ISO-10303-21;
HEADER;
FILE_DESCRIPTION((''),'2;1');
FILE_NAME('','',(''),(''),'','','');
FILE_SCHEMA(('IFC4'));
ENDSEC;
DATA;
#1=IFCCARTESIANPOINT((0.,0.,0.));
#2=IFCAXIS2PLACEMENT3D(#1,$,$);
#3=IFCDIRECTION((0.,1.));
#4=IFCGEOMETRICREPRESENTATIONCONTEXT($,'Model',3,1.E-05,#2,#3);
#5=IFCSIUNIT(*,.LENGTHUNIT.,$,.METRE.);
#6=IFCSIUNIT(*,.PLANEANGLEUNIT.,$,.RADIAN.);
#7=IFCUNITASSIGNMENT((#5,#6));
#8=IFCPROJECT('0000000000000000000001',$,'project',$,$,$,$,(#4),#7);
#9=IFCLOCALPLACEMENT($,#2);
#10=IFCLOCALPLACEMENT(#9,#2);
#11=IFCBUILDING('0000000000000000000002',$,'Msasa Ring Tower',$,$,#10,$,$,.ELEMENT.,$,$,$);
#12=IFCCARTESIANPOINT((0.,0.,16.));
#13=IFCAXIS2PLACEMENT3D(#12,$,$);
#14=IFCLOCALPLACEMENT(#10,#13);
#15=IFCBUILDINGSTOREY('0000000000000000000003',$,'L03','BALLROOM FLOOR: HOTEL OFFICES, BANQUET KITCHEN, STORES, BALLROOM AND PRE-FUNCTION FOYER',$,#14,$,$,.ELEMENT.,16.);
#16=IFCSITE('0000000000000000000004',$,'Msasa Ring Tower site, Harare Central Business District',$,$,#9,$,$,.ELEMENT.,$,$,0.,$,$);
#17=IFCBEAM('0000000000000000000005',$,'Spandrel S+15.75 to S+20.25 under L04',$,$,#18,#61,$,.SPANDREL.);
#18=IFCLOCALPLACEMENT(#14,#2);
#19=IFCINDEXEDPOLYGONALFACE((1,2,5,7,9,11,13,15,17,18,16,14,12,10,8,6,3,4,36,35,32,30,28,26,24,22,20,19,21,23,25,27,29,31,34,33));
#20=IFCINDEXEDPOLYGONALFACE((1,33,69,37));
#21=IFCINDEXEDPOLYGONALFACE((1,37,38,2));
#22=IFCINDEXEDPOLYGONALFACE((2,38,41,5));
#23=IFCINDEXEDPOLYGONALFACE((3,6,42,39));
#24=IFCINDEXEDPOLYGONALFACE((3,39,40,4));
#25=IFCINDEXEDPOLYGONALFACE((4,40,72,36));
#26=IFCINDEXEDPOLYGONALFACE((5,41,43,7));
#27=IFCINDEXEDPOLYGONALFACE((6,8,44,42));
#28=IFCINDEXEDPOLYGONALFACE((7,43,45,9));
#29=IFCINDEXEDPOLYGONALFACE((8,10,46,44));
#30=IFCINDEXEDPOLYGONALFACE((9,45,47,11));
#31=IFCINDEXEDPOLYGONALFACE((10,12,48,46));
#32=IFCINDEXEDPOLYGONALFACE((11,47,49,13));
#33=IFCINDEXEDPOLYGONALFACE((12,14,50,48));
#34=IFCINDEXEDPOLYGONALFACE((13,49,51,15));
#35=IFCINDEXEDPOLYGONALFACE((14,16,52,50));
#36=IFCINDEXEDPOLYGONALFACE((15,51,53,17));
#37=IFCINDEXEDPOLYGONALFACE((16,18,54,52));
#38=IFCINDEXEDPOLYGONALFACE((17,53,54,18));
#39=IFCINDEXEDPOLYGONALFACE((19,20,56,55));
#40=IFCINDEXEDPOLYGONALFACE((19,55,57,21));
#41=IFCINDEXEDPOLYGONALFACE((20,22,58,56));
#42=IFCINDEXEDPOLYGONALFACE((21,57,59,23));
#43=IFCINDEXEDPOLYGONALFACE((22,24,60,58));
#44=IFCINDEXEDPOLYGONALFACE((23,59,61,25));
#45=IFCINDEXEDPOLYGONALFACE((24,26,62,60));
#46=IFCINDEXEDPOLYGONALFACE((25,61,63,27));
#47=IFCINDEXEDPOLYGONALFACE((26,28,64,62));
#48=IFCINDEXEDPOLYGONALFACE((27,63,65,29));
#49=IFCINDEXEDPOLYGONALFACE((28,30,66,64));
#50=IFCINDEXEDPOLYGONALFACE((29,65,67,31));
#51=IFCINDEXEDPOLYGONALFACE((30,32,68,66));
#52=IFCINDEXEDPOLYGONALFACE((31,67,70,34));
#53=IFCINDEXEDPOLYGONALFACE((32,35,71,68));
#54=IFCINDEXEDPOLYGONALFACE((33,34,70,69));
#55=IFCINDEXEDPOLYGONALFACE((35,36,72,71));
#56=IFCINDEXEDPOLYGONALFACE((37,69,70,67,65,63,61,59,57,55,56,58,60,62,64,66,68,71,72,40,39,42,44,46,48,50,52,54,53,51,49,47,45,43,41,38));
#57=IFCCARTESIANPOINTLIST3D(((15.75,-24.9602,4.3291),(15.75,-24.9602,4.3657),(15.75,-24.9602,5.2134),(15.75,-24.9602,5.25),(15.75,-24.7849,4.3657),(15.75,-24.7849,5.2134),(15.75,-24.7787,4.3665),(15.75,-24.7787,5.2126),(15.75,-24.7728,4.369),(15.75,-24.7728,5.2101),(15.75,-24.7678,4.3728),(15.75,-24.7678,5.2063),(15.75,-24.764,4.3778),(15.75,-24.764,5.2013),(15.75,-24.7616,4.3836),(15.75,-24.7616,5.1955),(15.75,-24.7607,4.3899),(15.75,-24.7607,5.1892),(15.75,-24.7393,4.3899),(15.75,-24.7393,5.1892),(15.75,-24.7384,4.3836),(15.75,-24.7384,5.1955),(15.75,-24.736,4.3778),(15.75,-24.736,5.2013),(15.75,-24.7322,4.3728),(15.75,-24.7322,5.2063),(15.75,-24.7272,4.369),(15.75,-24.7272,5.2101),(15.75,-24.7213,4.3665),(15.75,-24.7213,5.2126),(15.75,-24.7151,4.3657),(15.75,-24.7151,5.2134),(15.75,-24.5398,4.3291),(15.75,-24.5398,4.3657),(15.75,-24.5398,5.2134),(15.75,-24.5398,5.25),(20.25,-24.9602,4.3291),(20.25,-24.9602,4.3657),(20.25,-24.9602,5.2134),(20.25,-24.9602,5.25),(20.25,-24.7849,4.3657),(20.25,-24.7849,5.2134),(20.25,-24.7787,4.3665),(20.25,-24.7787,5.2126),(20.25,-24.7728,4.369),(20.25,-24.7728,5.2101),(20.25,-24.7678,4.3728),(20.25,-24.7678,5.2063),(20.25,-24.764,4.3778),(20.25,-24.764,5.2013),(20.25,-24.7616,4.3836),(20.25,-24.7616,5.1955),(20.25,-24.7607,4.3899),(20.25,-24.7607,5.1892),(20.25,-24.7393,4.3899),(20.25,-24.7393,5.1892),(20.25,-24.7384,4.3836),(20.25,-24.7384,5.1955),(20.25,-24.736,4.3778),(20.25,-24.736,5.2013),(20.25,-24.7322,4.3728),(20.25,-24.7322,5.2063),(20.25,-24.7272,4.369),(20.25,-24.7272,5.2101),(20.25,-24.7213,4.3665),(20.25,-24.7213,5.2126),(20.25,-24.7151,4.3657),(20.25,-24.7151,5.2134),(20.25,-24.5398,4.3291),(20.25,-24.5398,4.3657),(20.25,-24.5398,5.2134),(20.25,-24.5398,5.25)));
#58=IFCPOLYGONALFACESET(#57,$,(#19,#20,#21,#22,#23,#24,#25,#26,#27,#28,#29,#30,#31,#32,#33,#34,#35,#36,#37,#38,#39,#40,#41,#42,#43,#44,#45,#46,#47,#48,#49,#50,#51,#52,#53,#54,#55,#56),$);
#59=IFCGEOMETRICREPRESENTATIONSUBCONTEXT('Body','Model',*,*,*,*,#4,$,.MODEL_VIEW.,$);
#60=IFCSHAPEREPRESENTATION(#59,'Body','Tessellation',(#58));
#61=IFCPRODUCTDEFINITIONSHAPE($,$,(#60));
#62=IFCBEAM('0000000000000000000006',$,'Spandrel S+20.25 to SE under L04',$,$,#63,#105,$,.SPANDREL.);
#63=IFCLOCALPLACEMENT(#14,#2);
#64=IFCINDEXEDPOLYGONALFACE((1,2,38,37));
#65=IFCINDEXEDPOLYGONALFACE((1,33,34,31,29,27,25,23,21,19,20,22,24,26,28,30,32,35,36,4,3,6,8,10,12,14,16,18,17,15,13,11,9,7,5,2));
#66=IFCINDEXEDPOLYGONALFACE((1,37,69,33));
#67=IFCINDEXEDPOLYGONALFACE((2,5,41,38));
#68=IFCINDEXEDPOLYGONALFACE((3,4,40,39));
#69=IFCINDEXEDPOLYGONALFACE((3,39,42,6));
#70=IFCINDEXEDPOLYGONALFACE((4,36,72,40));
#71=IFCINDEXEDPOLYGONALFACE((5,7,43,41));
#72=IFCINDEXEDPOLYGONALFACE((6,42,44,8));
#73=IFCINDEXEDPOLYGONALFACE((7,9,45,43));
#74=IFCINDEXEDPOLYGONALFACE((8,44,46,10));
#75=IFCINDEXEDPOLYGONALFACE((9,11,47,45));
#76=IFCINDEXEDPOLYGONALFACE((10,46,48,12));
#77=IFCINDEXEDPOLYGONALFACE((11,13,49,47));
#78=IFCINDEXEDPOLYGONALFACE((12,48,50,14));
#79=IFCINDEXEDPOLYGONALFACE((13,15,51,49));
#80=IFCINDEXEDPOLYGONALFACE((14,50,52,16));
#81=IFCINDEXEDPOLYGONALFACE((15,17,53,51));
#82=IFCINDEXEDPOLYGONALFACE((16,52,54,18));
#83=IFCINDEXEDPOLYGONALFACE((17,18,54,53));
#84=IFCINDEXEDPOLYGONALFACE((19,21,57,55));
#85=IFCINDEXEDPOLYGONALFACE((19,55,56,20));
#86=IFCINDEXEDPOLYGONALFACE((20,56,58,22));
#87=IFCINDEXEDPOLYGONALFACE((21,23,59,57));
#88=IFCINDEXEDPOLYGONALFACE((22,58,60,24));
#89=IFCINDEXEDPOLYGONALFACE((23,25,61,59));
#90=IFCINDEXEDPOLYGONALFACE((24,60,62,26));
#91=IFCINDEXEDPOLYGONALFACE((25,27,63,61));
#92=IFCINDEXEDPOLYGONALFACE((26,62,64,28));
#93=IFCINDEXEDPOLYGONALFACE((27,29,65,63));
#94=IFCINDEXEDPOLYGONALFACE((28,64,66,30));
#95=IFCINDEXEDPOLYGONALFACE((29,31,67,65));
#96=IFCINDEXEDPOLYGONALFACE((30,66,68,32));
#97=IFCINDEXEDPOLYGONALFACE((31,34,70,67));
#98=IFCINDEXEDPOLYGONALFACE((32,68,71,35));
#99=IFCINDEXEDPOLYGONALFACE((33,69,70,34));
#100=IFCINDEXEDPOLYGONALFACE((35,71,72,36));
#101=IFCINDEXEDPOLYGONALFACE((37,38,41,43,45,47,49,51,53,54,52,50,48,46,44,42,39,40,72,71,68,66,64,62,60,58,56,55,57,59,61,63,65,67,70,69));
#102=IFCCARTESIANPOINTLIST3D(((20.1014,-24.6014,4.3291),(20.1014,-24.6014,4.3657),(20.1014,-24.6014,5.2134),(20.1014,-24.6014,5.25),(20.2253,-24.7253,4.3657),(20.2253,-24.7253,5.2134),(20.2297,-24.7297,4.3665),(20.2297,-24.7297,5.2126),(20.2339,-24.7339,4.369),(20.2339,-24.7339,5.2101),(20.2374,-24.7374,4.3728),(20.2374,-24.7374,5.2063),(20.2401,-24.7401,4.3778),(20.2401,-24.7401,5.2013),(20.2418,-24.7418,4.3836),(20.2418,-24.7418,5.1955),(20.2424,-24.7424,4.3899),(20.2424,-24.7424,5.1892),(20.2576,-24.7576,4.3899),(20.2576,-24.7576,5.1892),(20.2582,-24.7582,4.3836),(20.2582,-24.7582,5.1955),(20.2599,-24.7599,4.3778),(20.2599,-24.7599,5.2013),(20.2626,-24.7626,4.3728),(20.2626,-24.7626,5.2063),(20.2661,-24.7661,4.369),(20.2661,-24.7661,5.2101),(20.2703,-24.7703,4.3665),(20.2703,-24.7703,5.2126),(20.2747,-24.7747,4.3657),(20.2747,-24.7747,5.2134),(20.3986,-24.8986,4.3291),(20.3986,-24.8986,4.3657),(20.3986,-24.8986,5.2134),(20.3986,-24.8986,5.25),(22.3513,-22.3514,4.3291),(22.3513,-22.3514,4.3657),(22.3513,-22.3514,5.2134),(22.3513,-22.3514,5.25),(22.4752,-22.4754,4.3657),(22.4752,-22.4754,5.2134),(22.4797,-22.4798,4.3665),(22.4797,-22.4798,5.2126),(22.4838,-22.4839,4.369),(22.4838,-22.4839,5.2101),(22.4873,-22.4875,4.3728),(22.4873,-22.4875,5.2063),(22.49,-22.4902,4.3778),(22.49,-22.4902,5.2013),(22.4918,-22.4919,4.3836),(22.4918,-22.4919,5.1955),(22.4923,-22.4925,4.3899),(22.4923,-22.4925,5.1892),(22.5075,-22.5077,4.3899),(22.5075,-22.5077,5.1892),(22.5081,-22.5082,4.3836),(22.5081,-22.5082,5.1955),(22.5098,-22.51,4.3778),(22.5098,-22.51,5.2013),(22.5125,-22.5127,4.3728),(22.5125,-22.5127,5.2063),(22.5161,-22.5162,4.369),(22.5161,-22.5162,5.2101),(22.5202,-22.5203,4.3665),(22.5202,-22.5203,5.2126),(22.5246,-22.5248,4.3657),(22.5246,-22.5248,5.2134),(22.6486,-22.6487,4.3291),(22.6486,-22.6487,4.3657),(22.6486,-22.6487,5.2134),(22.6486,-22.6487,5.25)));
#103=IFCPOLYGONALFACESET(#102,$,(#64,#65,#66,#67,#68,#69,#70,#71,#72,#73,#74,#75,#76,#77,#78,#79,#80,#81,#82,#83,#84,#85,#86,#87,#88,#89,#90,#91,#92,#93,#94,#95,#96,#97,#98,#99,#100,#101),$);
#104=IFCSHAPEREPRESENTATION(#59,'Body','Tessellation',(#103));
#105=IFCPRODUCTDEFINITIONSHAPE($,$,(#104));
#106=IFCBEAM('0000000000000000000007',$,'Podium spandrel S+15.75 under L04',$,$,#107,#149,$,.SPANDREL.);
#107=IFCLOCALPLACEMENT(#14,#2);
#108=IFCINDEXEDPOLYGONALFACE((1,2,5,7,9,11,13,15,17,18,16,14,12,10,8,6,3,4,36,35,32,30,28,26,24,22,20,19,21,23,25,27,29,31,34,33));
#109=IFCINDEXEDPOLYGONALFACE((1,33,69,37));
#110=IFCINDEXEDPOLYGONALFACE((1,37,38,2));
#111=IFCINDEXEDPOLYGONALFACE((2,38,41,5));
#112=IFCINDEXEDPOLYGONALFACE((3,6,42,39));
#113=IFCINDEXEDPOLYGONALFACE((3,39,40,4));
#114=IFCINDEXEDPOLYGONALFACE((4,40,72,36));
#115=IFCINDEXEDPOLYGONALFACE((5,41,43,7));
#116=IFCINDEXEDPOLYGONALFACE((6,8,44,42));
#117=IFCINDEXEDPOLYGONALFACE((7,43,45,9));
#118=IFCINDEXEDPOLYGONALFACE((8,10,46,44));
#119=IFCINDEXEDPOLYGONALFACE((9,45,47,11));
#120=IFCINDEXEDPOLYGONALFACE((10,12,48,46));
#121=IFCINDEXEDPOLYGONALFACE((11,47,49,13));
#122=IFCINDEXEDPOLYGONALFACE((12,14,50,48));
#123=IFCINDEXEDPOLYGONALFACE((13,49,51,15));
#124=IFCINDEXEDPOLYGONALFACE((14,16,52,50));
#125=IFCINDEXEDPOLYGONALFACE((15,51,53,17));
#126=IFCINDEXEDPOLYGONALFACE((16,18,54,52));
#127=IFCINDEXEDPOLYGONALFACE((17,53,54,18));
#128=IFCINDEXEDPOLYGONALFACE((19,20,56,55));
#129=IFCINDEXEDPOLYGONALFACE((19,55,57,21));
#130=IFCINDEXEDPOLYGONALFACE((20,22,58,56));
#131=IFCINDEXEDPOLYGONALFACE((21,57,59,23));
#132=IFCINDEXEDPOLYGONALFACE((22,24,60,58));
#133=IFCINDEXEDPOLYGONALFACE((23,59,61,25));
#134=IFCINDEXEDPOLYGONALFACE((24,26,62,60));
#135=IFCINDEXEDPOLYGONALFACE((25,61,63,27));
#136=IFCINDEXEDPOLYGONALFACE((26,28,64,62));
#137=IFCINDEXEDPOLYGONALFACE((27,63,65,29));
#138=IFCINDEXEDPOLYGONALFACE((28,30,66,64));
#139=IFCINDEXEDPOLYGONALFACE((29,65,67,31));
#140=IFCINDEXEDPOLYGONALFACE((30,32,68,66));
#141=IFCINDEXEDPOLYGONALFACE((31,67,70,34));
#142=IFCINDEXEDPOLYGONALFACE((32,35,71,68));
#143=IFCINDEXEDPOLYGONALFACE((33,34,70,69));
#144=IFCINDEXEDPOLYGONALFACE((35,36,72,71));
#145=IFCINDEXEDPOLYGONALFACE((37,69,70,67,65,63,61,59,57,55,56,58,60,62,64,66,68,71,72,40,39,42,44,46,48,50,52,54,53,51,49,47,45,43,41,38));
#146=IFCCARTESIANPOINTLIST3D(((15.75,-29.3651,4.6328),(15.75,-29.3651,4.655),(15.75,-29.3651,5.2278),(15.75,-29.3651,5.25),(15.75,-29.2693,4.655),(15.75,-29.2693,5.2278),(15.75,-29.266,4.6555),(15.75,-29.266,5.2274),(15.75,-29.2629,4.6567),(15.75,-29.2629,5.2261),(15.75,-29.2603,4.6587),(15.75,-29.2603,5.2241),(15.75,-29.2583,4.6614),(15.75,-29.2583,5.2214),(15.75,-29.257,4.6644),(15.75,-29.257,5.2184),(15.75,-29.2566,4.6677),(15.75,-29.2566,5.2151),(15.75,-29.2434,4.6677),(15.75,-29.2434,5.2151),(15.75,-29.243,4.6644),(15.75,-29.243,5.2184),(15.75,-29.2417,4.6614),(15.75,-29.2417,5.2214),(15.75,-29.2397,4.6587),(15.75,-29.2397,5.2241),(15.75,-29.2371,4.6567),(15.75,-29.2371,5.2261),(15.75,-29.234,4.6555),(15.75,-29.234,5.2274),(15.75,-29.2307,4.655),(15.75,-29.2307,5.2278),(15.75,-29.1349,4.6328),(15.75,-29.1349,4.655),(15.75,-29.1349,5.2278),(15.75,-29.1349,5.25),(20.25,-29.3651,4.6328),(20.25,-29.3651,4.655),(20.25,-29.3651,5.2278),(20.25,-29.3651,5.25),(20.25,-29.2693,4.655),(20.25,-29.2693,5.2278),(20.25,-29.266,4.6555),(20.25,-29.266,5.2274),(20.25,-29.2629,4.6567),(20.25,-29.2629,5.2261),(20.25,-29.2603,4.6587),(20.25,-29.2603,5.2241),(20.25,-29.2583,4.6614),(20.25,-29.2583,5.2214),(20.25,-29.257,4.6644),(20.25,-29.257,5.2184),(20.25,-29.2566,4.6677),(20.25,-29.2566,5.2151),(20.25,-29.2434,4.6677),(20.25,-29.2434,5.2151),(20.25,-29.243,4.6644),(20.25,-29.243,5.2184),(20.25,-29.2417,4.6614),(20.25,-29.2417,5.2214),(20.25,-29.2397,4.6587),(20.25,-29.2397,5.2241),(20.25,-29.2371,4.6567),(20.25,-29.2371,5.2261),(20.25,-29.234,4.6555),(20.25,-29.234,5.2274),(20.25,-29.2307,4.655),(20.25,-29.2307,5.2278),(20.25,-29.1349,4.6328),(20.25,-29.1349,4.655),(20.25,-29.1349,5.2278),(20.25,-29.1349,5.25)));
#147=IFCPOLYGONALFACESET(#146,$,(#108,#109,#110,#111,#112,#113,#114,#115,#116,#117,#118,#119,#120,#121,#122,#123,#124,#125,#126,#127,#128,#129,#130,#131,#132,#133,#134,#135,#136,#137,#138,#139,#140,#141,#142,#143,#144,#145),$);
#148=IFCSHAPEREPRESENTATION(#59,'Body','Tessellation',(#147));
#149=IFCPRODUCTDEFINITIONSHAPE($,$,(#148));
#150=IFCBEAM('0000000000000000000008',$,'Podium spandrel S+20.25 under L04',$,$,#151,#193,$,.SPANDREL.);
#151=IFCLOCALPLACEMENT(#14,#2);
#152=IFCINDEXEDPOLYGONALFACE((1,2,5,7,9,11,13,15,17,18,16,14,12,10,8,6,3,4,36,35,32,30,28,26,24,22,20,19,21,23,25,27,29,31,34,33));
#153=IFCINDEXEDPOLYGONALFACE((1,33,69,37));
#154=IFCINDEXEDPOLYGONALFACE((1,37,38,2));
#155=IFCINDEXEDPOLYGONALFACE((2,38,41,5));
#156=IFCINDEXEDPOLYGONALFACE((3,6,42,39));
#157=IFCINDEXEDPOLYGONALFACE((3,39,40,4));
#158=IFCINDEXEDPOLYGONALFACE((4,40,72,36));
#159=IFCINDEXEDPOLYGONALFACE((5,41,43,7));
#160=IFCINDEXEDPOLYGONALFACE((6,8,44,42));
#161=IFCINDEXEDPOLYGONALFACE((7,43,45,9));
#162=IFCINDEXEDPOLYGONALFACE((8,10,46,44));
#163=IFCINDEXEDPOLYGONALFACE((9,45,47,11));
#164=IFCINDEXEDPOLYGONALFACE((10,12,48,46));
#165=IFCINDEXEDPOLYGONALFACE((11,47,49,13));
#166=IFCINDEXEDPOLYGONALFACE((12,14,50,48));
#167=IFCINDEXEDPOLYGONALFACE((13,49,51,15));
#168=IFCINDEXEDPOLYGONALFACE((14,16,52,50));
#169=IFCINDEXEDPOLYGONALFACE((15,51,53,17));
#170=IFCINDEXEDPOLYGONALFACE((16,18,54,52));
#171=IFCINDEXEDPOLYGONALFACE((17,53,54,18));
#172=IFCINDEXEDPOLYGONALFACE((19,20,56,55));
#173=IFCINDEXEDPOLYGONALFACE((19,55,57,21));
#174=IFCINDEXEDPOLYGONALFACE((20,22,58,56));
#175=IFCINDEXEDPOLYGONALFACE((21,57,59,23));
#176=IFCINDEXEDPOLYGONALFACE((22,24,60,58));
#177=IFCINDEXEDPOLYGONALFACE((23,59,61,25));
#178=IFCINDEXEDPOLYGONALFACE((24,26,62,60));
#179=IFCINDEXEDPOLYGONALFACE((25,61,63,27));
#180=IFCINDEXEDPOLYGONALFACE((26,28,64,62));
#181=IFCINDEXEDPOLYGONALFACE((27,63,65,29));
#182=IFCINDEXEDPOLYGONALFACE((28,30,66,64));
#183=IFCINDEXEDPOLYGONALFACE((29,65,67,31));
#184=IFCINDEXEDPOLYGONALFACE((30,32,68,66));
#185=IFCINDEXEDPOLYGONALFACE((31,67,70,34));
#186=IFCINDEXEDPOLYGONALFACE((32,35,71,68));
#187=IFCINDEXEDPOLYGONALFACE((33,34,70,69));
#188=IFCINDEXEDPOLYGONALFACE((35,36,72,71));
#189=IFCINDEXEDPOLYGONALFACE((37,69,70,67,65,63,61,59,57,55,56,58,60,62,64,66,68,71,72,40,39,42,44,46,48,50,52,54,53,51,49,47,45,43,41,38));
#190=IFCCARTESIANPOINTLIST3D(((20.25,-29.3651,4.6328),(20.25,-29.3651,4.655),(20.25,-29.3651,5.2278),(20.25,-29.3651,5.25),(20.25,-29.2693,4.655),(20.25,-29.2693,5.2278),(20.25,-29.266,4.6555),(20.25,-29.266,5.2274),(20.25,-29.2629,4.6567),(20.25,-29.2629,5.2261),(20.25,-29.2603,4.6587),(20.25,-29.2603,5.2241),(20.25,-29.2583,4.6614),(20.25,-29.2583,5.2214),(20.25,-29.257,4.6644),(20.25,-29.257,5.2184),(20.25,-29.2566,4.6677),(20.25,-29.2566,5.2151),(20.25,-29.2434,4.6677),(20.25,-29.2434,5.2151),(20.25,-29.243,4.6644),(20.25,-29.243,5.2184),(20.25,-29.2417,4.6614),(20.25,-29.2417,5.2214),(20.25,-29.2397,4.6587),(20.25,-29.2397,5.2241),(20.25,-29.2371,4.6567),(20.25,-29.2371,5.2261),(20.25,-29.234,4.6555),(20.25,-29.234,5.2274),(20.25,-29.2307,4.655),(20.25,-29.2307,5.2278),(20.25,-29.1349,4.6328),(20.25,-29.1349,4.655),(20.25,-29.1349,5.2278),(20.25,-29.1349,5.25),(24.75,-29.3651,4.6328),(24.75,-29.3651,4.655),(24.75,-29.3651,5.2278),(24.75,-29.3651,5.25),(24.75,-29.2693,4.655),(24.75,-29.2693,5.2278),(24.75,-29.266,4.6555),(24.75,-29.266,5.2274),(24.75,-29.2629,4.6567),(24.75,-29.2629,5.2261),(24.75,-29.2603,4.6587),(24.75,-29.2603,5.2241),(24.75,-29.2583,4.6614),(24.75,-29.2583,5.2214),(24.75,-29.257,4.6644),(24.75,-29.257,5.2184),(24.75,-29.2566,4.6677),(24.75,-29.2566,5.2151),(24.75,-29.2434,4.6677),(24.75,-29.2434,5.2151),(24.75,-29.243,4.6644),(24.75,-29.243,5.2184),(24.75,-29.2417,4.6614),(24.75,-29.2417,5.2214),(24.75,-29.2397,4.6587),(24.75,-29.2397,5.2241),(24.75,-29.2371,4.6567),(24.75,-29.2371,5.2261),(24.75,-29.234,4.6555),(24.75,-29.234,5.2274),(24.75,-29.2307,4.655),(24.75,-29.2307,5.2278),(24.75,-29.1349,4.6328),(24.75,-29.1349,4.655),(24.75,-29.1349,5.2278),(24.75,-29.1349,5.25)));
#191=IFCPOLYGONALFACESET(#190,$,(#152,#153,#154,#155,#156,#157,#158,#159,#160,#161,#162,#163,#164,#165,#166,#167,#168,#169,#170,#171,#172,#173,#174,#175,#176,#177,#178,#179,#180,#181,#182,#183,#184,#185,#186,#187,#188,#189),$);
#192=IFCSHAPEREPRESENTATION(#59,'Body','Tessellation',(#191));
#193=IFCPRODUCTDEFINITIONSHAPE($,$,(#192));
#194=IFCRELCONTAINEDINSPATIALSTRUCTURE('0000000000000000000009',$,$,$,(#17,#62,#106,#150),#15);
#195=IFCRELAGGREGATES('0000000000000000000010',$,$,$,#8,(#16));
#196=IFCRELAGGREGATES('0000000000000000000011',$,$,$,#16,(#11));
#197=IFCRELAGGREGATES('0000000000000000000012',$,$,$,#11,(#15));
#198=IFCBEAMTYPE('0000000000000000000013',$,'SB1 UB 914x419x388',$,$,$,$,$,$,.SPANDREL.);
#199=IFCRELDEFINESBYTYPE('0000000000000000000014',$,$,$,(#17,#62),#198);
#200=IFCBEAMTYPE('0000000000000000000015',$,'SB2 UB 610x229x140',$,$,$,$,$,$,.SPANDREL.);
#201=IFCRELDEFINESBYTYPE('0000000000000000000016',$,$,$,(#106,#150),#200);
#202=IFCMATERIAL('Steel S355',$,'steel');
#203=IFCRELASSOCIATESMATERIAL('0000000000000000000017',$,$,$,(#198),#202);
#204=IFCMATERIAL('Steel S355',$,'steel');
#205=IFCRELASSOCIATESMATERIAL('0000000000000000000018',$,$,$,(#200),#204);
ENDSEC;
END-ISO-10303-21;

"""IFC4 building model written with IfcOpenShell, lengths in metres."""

from ifc_helpers import new_model, si_unit, direction, frame, origin, origin_2d, place, context, subcontext, project, spatial, i_section, extrude, material, material_profile, profile_set, type_object, element, save


model = new_model("IFC4")

# Units and contexts
model_context = context("Model", 3, precision=1e-05, world=origin(), true_north=direction((0.0, 1.0)))
body_context = subcontext(model_context, "Body", "Model", "MODEL_VIEW")
ifc_project = project(units=[si_unit("LENGTHUNIT", "METRE"), si_unit("PLANEANGLEUNIT", "RADIAN")], contexts=[model_context])

# Site, building, storey
site_placement = place(None, origin())
site = spatial("IfcSite", under=ifc_project, at=site_placement, Name="Msasa Ring Tower site, Harare Central Business District", CompositionType="ELEMENT", RefElevation=0.0)
building_placement = place(site_placement, origin())
building = spatial("IfcBuilding", under=site, at=building_placement, Name="Msasa Ring Tower", CompositionType="ELEMENT")
storey_placement = place(building_placement, frame((0.0, 0.0, 16.0)))
storey = spatial("IfcBuildingStorey", under=building, at=storey_placement, Name="L03", Description="BALLROOM FLOOR: HOTEL OFFICES, BANQUET KITCHEN, STORES, BALLROOM AND PRE-FUNCTION FOYER", CompositionType="ELEMENT", Elevation=16.0)

# Beams
ifc_material_1 = material(Name="Steel S355", Category="steel")
ifc_material_profile_1 = material_profile(ifc_material_1, i_section(OverallWidth=0.4204, OverallDepth=0.9209, WebThickness=0.0215, FlangeThickness=0.0366, FilletRadius=0.0242, at=origin_2d()), Name="UB 914x419x388")
ifc_profile_set_1 = profile_set([ifc_material_profile_1], Name="Steel S355")
beam_type_1 = type_object("IfcBeamType", Name="SB1 UB 914x419x388", PredefinedType="SPANDREL", material=ifc_profile_set_1)
for number, where, z_axis, x_axis, name in (
    (1, (15.75, -24.75, 4.7896), (1.0, 0.0, 0.0), (0.0, 1.0, 0.0), "Spandrel S+15.75 to S+20.25 under L04"),
):
    element("IfcBeam", number, at=place(storey_placement, frame(where, z_axis=z_axis, x_axis=x_axis)), inside=storey, type_object=beam_type_1, Name=name, PredefinedType="SPANDREL", context=body_context, shape_type="SweptSolid", body=[
        extrude(i_section(OverallWidth=0.4204, OverallDepth=0.9209, WebThickness=0.0215, FlangeThickness=0.0366, FilletRadius=0.0242, at=origin_2d()), origin(), (0.0, 0.0, 1.0), 4.5),
    ])
beam_placement = place(storey_placement, frame((20.25, -24.75, 4.7896), z_axis=(0.707107, 0.707107, 0.0), x_axis=(-0.707107, 0.707107, 0.0)))
element("IfcBeam", 2, at=beam_placement, inside=storey, type_object=beam_type_1, Name="Spandrel S+20.25 to SE under L04", PredefinedType="SPANDREL", context=body_context, shape_type="SweptSolid", body=[
    extrude(i_section(OverallWidth=0.4204, OverallDepth=0.9209, WebThickness=0.0215, FlangeThickness=0.0366, FilletRadius=0.0242, at=origin_2d()), origin(), (0.0, 0.0, 1.0), 3.1819),
])
ifc_material_2 = material(Name="Steel S355", Category="steel")
ifc_material_profile_2 = material_profile(ifc_material_2, i_section(OverallWidth=0.2302, OverallDepth=0.6172, WebThickness=0.0132, FlangeThickness=0.0222, FilletRadius=0.0127, at=origin_2d()), Name="UB 610x229x140")
ifc_profile_set_2 = profile_set([ifc_material_profile_2], Name="Steel S355")
beam_type_2 = type_object("IfcBeamType", Name="SB2 UB 610x229x140", PredefinedType="SPANDREL", material=ifc_profile_set_2)
for number, where, z_axis, x_axis, name in (
    (3, (15.75, -29.25, 4.9414), (1.0, 0.0, 0.0), (0.0, 1.0, 0.0), "Podium spandrel S+15.75 under L04"),
    (4, (20.25, -29.25, 4.9414), (1.0, 0.0, 0.0), (0.0, 1.0, 0.0), "Podium spandrel S+20.25 under L04"),
):
    element("IfcBeam", number, at=place(storey_placement, frame(where, z_axis=z_axis, x_axis=x_axis)), inside=storey, type_object=beam_type_2, Name=name, PredefinedType="SPANDREL", context=body_context, shape_type="SweptSolid", body=[
        extrude(i_section(OverallWidth=0.2302, OverallDepth=0.6172, WebThickness=0.0132, FlangeThickness=0.0222, FilletRadius=0.0127, at=origin_2d()), origin(), (0.0, 0.0, 1.0), 4.5),
    ])

save(model, "model.ifc")
